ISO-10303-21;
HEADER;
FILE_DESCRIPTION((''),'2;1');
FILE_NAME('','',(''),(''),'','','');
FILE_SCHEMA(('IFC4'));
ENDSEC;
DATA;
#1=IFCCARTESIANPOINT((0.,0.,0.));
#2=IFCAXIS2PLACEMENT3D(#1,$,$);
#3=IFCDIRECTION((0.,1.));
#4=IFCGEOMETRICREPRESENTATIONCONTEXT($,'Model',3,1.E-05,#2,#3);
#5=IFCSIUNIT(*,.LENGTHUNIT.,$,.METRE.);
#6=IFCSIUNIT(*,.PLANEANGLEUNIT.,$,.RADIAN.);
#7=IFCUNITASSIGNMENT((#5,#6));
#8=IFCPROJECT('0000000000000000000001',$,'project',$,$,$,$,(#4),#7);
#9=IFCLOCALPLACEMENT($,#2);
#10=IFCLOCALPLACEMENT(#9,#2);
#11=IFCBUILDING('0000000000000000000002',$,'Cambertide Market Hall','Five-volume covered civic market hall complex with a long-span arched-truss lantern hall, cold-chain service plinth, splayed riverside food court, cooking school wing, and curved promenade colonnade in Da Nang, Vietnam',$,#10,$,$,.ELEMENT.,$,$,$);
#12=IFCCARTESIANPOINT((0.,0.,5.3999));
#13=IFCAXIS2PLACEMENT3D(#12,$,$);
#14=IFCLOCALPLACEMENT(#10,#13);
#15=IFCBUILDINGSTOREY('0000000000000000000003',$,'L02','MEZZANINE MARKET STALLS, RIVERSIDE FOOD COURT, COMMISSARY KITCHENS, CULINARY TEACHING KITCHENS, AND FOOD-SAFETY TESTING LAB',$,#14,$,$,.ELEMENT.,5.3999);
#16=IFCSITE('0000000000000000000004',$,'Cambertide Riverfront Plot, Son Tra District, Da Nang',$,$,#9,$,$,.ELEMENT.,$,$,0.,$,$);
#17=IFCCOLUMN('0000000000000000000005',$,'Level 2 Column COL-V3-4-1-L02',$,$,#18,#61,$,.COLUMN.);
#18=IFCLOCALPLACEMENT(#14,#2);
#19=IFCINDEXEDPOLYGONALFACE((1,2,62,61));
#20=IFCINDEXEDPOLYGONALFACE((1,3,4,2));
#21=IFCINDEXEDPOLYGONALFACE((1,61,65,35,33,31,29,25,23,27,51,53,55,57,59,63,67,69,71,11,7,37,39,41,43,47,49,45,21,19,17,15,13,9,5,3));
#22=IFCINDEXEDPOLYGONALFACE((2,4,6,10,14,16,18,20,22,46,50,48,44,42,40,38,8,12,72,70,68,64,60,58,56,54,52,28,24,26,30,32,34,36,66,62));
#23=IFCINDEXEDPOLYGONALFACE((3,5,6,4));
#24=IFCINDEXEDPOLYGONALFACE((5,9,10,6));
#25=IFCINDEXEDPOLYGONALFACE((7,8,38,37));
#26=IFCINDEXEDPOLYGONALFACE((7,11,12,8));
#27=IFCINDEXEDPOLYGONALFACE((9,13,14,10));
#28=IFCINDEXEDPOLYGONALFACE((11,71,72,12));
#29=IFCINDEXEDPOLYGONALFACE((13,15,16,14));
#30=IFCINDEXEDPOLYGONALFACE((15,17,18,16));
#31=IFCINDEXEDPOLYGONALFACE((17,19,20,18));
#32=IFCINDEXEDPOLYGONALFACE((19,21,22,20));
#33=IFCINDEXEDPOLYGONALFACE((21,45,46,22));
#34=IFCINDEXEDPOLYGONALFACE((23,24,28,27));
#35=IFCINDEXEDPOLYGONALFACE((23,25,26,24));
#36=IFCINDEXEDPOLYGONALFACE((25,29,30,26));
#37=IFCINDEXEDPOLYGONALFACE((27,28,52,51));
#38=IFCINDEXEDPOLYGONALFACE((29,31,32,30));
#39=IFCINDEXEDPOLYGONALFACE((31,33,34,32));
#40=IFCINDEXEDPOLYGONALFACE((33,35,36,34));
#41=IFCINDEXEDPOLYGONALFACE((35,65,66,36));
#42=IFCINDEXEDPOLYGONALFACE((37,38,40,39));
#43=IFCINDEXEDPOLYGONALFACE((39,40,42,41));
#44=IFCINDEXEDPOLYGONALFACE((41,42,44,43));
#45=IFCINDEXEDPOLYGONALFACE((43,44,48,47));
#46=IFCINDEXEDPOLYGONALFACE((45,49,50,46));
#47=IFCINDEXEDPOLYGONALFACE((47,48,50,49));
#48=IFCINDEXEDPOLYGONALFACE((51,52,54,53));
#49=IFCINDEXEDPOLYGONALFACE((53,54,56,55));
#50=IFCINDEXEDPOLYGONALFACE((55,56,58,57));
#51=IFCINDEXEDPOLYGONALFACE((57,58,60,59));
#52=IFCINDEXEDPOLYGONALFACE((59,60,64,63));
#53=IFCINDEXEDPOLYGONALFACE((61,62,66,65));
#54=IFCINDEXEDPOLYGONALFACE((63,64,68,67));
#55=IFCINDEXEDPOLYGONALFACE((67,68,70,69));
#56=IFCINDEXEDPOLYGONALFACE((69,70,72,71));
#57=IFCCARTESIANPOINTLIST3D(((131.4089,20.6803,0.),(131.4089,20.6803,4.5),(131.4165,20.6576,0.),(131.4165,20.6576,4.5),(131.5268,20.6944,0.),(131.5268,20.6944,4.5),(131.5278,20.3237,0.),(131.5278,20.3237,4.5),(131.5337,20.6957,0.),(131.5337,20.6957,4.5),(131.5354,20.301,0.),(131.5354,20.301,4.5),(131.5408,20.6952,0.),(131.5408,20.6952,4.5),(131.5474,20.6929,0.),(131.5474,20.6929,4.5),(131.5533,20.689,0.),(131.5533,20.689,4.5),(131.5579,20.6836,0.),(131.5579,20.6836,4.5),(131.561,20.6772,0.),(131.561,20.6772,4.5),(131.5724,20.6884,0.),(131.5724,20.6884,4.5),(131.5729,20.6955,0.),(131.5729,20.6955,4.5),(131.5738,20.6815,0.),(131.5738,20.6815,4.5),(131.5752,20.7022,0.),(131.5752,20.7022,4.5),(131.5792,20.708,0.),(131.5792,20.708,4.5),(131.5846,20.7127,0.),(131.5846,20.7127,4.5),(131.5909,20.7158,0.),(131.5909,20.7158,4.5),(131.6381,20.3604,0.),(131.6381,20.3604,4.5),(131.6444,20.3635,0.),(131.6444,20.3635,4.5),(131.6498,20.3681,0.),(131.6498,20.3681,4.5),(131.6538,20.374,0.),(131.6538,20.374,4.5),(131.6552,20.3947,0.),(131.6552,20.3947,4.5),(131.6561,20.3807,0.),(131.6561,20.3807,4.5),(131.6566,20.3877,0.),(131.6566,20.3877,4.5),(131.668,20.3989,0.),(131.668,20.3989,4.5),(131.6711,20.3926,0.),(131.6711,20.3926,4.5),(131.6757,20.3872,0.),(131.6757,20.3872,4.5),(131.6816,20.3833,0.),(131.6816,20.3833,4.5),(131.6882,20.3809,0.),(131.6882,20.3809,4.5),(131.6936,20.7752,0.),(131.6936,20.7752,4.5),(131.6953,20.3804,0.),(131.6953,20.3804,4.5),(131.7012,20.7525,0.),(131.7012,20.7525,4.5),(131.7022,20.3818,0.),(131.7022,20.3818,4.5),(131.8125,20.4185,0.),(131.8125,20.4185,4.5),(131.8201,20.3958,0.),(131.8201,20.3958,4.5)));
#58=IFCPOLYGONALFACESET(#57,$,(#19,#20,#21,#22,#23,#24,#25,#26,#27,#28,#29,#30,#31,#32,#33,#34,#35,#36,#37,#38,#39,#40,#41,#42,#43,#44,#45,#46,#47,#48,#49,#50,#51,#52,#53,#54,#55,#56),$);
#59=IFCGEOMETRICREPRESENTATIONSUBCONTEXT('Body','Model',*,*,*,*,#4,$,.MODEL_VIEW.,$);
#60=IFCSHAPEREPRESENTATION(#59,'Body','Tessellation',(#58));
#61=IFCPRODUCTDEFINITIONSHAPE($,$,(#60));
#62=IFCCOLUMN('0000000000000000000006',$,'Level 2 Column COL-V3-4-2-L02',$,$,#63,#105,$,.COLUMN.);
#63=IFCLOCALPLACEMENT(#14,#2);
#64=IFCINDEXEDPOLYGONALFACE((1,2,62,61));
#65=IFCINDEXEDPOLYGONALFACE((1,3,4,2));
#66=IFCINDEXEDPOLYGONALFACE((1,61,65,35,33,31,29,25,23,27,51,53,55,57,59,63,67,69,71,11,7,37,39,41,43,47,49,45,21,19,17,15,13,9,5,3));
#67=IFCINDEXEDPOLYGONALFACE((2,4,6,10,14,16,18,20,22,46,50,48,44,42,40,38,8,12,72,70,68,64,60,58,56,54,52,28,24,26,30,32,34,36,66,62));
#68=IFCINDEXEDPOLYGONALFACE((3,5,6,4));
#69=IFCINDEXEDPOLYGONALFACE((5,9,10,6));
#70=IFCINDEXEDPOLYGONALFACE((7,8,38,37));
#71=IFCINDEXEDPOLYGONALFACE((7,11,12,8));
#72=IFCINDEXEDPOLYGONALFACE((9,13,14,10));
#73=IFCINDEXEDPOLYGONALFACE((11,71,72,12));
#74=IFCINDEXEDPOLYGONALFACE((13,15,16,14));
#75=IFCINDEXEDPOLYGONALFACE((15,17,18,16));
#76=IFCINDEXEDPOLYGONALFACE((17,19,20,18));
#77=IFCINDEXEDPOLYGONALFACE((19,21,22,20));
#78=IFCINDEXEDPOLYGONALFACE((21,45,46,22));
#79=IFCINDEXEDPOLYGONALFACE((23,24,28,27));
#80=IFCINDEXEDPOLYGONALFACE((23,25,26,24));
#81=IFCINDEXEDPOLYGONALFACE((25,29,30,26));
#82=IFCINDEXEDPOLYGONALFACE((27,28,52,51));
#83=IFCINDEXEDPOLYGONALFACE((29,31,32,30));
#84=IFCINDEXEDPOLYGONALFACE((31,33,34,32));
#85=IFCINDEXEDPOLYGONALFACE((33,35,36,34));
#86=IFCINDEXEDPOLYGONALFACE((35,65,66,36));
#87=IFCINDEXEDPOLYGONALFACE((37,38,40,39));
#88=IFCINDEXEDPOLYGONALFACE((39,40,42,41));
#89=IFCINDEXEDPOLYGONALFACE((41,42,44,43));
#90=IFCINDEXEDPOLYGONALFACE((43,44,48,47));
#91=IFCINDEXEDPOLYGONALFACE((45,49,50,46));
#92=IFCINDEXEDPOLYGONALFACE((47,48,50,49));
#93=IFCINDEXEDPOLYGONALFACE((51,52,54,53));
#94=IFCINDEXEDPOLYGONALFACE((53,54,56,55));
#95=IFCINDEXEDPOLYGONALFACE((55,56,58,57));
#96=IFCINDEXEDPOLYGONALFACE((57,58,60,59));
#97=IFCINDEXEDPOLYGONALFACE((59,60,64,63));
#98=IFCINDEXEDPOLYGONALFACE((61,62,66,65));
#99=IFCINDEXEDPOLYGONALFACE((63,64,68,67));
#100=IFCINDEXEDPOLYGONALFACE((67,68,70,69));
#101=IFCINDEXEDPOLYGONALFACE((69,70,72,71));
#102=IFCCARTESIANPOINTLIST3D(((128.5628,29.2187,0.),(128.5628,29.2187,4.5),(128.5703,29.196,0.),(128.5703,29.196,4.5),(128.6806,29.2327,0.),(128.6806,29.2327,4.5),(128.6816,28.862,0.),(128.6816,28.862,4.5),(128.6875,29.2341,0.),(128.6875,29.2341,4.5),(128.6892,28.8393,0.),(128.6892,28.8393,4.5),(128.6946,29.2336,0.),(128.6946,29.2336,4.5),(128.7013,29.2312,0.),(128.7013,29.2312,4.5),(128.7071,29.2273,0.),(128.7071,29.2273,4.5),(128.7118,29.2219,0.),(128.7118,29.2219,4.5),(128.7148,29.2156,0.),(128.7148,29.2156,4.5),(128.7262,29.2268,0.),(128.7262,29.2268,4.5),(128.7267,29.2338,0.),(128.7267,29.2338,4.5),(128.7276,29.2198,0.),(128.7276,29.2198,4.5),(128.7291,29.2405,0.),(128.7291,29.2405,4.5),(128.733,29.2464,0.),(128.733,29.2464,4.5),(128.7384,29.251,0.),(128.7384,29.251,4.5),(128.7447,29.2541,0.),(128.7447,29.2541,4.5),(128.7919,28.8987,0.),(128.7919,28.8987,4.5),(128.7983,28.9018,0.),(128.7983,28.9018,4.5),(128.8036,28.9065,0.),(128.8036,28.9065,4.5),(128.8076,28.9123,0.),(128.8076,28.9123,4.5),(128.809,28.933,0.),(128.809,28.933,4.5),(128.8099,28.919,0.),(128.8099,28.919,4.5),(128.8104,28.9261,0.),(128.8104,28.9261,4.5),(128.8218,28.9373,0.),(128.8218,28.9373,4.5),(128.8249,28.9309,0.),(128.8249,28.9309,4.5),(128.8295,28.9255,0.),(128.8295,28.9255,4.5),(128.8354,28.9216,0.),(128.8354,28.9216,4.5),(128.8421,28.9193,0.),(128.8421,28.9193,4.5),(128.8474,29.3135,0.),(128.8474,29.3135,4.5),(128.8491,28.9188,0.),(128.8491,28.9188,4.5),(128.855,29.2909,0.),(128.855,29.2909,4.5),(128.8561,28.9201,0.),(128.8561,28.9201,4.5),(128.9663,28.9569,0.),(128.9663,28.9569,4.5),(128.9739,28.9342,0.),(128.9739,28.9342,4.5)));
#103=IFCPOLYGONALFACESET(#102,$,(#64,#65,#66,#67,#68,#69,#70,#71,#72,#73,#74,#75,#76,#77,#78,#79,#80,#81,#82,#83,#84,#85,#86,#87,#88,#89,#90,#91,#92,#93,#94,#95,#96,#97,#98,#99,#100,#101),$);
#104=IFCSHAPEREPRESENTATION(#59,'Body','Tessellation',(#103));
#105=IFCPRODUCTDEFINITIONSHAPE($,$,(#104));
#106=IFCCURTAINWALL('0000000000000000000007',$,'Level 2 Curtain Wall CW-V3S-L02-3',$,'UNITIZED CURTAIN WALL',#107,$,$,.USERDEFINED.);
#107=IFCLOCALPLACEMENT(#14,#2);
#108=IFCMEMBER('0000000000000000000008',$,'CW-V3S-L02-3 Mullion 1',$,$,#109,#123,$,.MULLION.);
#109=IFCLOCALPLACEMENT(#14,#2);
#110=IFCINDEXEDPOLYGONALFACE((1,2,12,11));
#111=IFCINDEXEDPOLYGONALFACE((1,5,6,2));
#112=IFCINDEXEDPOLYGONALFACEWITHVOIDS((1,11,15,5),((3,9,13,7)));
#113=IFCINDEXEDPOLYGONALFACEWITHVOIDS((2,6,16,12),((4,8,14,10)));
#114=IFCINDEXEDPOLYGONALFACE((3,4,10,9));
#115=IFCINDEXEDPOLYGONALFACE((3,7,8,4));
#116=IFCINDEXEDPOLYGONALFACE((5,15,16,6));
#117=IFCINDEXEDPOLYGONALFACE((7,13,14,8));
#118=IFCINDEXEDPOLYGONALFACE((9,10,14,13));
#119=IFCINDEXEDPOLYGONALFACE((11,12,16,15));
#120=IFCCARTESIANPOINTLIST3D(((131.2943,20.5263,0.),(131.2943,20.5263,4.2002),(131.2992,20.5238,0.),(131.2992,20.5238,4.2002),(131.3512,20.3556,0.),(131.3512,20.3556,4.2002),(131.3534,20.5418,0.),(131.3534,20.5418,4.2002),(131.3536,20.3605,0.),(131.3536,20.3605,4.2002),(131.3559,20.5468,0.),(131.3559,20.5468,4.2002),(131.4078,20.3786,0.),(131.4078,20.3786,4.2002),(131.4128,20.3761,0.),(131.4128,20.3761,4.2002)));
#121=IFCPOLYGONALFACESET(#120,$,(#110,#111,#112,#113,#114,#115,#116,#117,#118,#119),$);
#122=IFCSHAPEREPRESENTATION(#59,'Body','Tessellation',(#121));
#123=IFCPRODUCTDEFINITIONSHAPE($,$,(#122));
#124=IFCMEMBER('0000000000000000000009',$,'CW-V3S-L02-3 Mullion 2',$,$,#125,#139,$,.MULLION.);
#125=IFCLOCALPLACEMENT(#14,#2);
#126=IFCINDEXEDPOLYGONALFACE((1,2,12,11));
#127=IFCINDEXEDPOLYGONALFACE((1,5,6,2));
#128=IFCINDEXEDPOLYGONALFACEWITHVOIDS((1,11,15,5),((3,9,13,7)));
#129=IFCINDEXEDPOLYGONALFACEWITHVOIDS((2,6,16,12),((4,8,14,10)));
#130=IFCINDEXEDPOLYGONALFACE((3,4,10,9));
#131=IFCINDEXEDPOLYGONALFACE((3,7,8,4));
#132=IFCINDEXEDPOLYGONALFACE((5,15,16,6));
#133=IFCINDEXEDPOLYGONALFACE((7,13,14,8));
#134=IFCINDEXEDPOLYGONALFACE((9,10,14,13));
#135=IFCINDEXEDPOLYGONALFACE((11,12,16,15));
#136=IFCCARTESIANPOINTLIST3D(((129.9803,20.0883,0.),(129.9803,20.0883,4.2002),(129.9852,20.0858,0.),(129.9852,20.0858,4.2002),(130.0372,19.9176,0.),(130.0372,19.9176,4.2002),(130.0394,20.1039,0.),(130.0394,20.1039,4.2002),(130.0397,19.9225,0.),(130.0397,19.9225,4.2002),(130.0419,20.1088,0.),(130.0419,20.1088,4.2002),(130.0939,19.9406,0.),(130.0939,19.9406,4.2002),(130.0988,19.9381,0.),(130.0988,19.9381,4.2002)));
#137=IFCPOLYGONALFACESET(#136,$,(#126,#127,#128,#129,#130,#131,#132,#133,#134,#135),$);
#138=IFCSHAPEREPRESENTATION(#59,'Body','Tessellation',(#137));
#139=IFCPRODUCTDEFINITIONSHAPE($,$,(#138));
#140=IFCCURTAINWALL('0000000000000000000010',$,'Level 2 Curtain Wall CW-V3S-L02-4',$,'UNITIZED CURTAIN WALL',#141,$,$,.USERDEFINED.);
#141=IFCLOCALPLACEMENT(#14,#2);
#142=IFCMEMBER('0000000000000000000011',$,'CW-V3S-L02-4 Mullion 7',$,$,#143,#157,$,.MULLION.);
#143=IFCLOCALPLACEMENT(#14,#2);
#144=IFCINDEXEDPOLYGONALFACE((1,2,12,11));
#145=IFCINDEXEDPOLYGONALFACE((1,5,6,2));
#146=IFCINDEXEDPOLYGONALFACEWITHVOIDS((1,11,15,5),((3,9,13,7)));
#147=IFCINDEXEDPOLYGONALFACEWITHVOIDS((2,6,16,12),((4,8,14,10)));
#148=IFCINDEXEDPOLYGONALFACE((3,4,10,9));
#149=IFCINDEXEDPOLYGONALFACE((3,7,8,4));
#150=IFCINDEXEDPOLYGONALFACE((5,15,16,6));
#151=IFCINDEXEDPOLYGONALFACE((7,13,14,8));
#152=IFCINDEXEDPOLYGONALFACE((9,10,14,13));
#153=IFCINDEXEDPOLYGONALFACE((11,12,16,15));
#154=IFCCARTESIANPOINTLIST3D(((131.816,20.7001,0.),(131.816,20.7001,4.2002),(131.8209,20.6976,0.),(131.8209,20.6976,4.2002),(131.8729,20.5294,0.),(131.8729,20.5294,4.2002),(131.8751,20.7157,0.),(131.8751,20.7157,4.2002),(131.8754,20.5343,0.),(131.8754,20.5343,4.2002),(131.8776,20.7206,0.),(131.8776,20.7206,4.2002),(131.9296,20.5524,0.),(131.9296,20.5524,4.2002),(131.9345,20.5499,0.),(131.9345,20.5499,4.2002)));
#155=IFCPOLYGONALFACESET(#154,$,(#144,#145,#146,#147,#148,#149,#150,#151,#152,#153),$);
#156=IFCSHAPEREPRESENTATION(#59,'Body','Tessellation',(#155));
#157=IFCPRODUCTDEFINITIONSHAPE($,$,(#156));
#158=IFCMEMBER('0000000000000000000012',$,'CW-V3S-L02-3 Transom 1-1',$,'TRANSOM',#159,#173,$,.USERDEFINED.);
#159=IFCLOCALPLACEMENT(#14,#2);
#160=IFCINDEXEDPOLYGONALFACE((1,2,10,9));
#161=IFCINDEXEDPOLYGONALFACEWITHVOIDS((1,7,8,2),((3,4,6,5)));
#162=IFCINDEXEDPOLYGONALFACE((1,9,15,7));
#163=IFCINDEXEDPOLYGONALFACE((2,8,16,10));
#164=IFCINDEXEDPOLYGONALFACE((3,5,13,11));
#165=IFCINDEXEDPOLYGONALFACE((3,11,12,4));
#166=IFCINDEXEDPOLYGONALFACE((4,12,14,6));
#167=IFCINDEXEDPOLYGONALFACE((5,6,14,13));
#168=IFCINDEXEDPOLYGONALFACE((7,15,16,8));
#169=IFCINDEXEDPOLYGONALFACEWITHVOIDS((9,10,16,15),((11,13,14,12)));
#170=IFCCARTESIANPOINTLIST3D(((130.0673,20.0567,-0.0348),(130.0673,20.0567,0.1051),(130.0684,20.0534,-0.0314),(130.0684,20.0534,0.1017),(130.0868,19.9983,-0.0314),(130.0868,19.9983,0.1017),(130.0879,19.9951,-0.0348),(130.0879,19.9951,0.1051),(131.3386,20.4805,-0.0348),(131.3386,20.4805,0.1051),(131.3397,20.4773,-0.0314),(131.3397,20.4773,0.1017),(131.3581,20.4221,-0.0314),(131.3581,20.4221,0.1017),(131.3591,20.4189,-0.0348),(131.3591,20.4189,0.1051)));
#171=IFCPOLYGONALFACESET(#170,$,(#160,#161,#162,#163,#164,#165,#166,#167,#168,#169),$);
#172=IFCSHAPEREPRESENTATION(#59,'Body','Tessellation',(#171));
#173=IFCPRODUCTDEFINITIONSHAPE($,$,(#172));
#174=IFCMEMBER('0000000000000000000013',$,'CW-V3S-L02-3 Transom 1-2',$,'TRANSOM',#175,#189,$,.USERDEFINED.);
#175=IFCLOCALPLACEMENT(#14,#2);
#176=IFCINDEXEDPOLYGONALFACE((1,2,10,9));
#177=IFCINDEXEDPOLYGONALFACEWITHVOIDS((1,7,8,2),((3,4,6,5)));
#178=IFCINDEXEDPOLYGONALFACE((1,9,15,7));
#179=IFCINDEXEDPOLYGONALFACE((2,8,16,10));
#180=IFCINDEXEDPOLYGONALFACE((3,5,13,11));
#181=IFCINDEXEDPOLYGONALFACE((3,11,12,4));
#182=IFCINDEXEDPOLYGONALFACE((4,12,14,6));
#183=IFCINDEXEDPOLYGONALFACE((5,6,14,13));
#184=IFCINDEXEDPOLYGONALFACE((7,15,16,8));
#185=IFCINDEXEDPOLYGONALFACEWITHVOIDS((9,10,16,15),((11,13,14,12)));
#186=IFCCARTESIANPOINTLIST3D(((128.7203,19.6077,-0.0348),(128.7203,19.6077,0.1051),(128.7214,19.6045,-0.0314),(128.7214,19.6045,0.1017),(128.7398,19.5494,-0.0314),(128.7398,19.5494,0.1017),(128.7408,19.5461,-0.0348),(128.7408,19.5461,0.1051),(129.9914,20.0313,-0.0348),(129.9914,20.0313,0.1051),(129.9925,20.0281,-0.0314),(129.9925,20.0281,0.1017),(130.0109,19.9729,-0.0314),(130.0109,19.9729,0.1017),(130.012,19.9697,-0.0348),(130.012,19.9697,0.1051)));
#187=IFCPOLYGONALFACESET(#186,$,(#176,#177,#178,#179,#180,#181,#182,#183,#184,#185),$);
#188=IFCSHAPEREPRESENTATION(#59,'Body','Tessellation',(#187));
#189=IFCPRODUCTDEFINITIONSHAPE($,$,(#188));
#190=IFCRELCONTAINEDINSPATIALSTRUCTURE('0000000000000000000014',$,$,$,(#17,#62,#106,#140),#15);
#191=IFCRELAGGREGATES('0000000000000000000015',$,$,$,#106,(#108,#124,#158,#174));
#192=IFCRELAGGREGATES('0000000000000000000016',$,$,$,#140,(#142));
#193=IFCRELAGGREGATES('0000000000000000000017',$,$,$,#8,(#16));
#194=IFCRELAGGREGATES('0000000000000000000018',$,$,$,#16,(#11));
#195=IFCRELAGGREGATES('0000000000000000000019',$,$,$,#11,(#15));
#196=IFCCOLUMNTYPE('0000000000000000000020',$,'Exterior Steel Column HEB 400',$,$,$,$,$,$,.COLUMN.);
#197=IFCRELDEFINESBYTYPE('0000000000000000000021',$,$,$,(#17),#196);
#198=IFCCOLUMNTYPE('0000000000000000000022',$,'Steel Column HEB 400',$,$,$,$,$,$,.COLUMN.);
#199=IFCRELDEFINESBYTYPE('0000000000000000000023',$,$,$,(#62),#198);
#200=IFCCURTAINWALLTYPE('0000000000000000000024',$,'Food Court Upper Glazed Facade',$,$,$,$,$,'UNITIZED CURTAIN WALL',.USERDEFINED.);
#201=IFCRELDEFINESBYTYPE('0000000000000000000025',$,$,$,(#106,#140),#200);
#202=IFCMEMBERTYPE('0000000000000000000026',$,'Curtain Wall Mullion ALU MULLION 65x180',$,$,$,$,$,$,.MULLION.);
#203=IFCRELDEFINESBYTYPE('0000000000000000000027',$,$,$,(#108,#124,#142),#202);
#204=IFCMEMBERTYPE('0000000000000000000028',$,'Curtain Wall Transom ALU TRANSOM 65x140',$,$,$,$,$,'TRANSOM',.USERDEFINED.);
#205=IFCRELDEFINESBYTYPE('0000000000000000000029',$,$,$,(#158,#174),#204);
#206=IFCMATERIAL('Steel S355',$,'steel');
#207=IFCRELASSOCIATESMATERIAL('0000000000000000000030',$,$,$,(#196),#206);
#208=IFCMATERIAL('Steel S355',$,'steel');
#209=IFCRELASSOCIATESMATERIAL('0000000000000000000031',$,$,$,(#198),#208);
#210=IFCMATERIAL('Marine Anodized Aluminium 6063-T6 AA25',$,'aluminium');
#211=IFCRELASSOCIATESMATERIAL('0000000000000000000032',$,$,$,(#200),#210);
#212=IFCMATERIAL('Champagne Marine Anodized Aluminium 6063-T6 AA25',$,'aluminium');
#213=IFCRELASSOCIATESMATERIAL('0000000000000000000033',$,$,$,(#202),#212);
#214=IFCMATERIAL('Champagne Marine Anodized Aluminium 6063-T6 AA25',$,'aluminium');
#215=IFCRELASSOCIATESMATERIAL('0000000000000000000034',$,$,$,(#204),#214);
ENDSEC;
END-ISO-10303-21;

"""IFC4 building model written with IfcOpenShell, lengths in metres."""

from ifc_helpers import new_model, si_unit, direction, frame, origin, origin_2d, place, context, subcontext, project, spatial, hollow_rectangle, i_section, extrude, material, material_profile, profile_set, type_object, element, aggregate, save


model = new_model("IFC4")

# Units and contexts
model_context = context("Model", 3, precision=1e-05, world=origin(), true_north=direction((0.0, 1.0)))
body_context = subcontext(model_context, "Body", "Model", "MODEL_VIEW")
ifc_project = project(units=[si_unit("LENGTHUNIT", "METRE"), si_unit("PLANEANGLEUNIT", "RADIAN")], contexts=[model_context])

# Site, building, storey
site_placement = place(None, origin())
site = spatial("IfcSite", under=ifc_project, at=site_placement, Name="Cambertide Riverfront Plot, Son Tra District, Da Nang", CompositionType="ELEMENT", RefElevation=0.0)
building_placement = place(site_placement, origin())
building = spatial("IfcBuilding", under=site, at=building_placement, Name="Cambertide Market Hall", Description="Five-volume covered civic market hall complex with a long-span arched-truss lantern hall, cold-chain service plinth, splayed riverside food court, cooking school wing, and curved promenade colonnade in Da Nang, Vietnam", CompositionType="ELEMENT")
storey_placement = place(building_placement, frame((0.0, 0.0, 5.3999)))
storey = spatial("IfcBuildingStorey", under=building, at=storey_placement, Name="L02", Description="MEZZANINE MARKET STALLS, RIVERSIDE FOOD COURT, COMMISSARY KITCHENS, CULINARY TEACHING KITCHENS, AND FOOD-SAFETY TESTING LAB", CompositionType="ELEMENT", Elevation=5.3999)

# Columns
ifc_material_1 = material(Name="Steel S355", Category="steel")
ifc_material_profile_1 = material_profile(ifc_material_1, i_section(OverallWidth=0.3, OverallDepth=0.3999, WebThickness=0.0134, FlangeThickness=0.0239, FilletRadius=0.0271, at=origin_2d()), Name="HEB 400")
ifc_profile_set_1 = profile_set([ifc_material_profile_1], Name="Steel S355")
column_type_1 = type_object("IfcColumnType", Name="Exterior Steel Column HEB 400", PredefinedType="COLUMN", material=ifc_profile_set_1)
column_1_placement = place(storey_placement, frame((131.6145, 20.5381, 0.0), z_axis=(0.0, 0.0, 1.0), x_axis=(0.948683, 0.316228, 0.0)))
element("IfcColumn", 1, at=column_1_placement, inside=storey, type_object=column_type_1, Name="Level 2 Column COL-V3-4-1-L02", PredefinedType="COLUMN", context=body_context, shape_type="SweptSolid", body=[
    extrude(i_section(OverallWidth=0.3, OverallDepth=0.3999, WebThickness=0.0134, FlangeThickness=0.0239, FilletRadius=0.0271, at=origin_2d()), origin(), (0.0, 0.0, 1.0), 4.5),
])
ifc_material_2 = material(Name="Steel S355", Category="steel")
ifc_material_profile_2 = material_profile(ifc_material_2, i_section(OverallWidth=0.3, OverallDepth=0.3999, WebThickness=0.0134, FlangeThickness=0.0239, FilletRadius=0.0271, at=origin_2d()), Name="HEB 400")
ifc_profile_set_2 = profile_set([ifc_material_profile_2], Name="Steel S355")
column_type_2 = type_object("IfcColumnType", Name="Steel Column HEB 400", PredefinedType="COLUMN", material=ifc_profile_set_2)
column_2_placement = place(storey_placement, frame((128.7683, 29.0764, 0.0), z_axis=(0.0, 0.0, 1.0), x_axis=(0.948683, 0.316228, 0.0)))
element("IfcColumn", 2, at=column_2_placement, inside=storey, type_object=column_type_2, Name="Level 2 Column COL-V3-4-2-L02", PredefinedType="COLUMN", context=body_context, shape_type="SweptSolid", body=[
    extrude(i_section(OverallWidth=0.3, OverallDepth=0.3999, WebThickness=0.0134, FlangeThickness=0.0239, FilletRadius=0.0271, at=origin_2d()), origin(), (0.0, 0.0, 1.0), 4.5),
])

# Curtain wall, members
ifc_material_3 = material(Name="Marine Anodized Aluminium 6063-T6 AA25", Category="aluminium")
curtain_wall_type = type_object("IfcCurtainWallType", Name="Food Court Upper Glazed Facade", ElementType="UNITIZED CURTAIN WALL", PredefinedType="USERDEFINED", material=ifc_material_3)
curtain_wall_1_placement = place(storey_placement, origin())
curtain_wall_1 = element("IfcCurtainWall", 3, at=curtain_wall_1_placement, inside=storey, type_object=curtain_wall_type, Name="Level 2 Curtain Wall CW-V3S-L02-3", ObjectType="UNITIZED CURTAIN WALL", PredefinedType="USERDEFINED")
ifc_material_4 = material(Name="Champagne Marine Anodized Aluminium 6063-T6 AA25", Category="aluminium")
ifc_material_profile_3 = material_profile(ifc_material_4, hollow_rectangle(XDim=0.0649, YDim=0.1799, WallThickness=0.0039, at=origin_2d()), Name="ALU MULLION 65x180")
ifc_profile_set_3 = profile_set([ifc_material_profile_3], Name="Champagne Marine Anodized Aluminium 6063-T6 AA25")
member_type_1 = type_object("IfcMemberType", Name="Curtain Wall Mullion ALU MULLION 65x180", PredefinedType="MULLION", material=ifc_profile_set_3)
member_1_placement = place(storey_placement, frame((131.3535, 20.4512, 0.0), z_axis=(0.0, 0.0, 1.0), x_axis=(-0.948683, -0.316228, 0.0)))
member_1 = element("IfcMember", 4, at=member_1_placement, type_object=member_type_1, Name="CW-V3S-L02-3 Mullion 1", PredefinedType="MULLION", context=body_context, shape_type="SweptSolid", body=[
    extrude(hollow_rectangle(XDim=0.0649, YDim=0.1799, WallThickness=0.0039, at=origin_2d()), origin(), (0.0, 0.0, 1.0), 4.2002),
])
member_2_placement = place(storey_placement, frame((130.0396, 20.0132, 0.0), z_axis=(0.0, 0.0, 1.0), x_axis=(-0.948683, -0.316228, 0.0)))
member_2 = element("IfcMember", 5, at=member_2_placement, type_object=member_type_1, Name="CW-V3S-L02-3 Mullion 2", PredefinedType="MULLION", context=body_context, shape_type="SweptSolid", body=[
    extrude(hollow_rectangle(XDim=0.0649, YDim=0.1799, WallThickness=0.0039, at=origin_2d()), origin(), (0.0, 0.0, 1.0), 4.2002),
])

# Curtain wall, member
curtain_wall_2_placement = place(storey_placement, origin())
curtain_wall_2 = element("IfcCurtainWall", 6, at=curtain_wall_2_placement, inside=storey, type_object=curtain_wall_type, Name="Level 2 Curtain Wall CW-V3S-L02-4", ObjectType="UNITIZED CURTAIN WALL", PredefinedType="USERDEFINED")
member_3_placement = place(storey_placement, frame((131.8752, 20.625, 0.0), z_axis=(0.0, 0.0, 1.0), x_axis=(-0.948683, -0.316228, 0.0)))
member_3 = element("IfcMember", 7, at=member_3_placement, type_object=member_type_1, Name="CW-V3S-L02-4 Mullion 7", PredefinedType="MULLION", context=body_context, shape_type="SweptSolid", body=[
    extrude(hollow_rectangle(XDim=0.0649, YDim=0.1799, WallThickness=0.0039, at=origin_2d()), origin(), (0.0, 0.0, 1.0), 4.2002),
])

# Members
ifc_material_5 = material(Name="Champagne Marine Anodized Aluminium 6063-T6 AA25", Category="aluminium")
ifc_material_profile_4 = material_profile(ifc_material_5, hollow_rectangle(XDim=0.0649, YDim=0.1399, WallThickness=0.0034, at=origin_2d()), Name="ALU TRANSOM 65x140")
ifc_profile_set_4 = profile_set([ifc_material_profile_4], Name="Champagne Marine Anodized Aluminium 6063-T6 AA25")
member_type_2 = type_object("IfcMemberType", Name="Curtain Wall Transom ALU TRANSOM 65x140", ElementType="TRANSOM", PredefinedType="USERDEFINED", material=ifc_profile_set_4)
member_4_placement = place(storey_placement, frame((131.3489, 20.4497, 0.0352), z_axis=(-0.948665, -0.316282, 0.0), x_axis=(0.316282, -0.948665, 0.0)))
member_4 = element("IfcMember", 8, at=member_4_placement, type_object=member_type_2, Name="CW-V3S-L02-3 Transom 1-1", ObjectType="TRANSOM", PredefinedType="USERDEFINED", context=body_context, shape_type="SweptSolid", body=[
    extrude(hollow_rectangle(XDim=0.0649, YDim=0.1399, WallThickness=0.0034, at=origin_2d()), origin(), (0.0, 0.0, 1.0), 1.3401),
])
member_5_placement = place(storey_placement, frame((130.0017, 20.0005, 0.0352), z_axis=(-0.94872, -0.316118, 0.0), x_axis=(0.316118, -0.94872, 0.0)))
member_5 = element("IfcMember", 9, at=member_5_placement, type_object=member_type_2, Name="CW-V3S-L02-3 Transom 1-2", ObjectType="TRANSOM", PredefinedType="USERDEFINED", context=body_context, shape_type="SweptSolid", body=[
    extrude(hollow_rectangle(XDim=0.0649, YDim=0.1399, WallThickness=0.0034, at=origin_2d()), origin(), (0.0, 0.0, 1.0), 1.3398),
])

aggregate(curtain_wall_1, [member_1, member_2, member_4, member_5])
aggregate(curtain_wall_2, [member_3])

save(model, "model.ifc")
